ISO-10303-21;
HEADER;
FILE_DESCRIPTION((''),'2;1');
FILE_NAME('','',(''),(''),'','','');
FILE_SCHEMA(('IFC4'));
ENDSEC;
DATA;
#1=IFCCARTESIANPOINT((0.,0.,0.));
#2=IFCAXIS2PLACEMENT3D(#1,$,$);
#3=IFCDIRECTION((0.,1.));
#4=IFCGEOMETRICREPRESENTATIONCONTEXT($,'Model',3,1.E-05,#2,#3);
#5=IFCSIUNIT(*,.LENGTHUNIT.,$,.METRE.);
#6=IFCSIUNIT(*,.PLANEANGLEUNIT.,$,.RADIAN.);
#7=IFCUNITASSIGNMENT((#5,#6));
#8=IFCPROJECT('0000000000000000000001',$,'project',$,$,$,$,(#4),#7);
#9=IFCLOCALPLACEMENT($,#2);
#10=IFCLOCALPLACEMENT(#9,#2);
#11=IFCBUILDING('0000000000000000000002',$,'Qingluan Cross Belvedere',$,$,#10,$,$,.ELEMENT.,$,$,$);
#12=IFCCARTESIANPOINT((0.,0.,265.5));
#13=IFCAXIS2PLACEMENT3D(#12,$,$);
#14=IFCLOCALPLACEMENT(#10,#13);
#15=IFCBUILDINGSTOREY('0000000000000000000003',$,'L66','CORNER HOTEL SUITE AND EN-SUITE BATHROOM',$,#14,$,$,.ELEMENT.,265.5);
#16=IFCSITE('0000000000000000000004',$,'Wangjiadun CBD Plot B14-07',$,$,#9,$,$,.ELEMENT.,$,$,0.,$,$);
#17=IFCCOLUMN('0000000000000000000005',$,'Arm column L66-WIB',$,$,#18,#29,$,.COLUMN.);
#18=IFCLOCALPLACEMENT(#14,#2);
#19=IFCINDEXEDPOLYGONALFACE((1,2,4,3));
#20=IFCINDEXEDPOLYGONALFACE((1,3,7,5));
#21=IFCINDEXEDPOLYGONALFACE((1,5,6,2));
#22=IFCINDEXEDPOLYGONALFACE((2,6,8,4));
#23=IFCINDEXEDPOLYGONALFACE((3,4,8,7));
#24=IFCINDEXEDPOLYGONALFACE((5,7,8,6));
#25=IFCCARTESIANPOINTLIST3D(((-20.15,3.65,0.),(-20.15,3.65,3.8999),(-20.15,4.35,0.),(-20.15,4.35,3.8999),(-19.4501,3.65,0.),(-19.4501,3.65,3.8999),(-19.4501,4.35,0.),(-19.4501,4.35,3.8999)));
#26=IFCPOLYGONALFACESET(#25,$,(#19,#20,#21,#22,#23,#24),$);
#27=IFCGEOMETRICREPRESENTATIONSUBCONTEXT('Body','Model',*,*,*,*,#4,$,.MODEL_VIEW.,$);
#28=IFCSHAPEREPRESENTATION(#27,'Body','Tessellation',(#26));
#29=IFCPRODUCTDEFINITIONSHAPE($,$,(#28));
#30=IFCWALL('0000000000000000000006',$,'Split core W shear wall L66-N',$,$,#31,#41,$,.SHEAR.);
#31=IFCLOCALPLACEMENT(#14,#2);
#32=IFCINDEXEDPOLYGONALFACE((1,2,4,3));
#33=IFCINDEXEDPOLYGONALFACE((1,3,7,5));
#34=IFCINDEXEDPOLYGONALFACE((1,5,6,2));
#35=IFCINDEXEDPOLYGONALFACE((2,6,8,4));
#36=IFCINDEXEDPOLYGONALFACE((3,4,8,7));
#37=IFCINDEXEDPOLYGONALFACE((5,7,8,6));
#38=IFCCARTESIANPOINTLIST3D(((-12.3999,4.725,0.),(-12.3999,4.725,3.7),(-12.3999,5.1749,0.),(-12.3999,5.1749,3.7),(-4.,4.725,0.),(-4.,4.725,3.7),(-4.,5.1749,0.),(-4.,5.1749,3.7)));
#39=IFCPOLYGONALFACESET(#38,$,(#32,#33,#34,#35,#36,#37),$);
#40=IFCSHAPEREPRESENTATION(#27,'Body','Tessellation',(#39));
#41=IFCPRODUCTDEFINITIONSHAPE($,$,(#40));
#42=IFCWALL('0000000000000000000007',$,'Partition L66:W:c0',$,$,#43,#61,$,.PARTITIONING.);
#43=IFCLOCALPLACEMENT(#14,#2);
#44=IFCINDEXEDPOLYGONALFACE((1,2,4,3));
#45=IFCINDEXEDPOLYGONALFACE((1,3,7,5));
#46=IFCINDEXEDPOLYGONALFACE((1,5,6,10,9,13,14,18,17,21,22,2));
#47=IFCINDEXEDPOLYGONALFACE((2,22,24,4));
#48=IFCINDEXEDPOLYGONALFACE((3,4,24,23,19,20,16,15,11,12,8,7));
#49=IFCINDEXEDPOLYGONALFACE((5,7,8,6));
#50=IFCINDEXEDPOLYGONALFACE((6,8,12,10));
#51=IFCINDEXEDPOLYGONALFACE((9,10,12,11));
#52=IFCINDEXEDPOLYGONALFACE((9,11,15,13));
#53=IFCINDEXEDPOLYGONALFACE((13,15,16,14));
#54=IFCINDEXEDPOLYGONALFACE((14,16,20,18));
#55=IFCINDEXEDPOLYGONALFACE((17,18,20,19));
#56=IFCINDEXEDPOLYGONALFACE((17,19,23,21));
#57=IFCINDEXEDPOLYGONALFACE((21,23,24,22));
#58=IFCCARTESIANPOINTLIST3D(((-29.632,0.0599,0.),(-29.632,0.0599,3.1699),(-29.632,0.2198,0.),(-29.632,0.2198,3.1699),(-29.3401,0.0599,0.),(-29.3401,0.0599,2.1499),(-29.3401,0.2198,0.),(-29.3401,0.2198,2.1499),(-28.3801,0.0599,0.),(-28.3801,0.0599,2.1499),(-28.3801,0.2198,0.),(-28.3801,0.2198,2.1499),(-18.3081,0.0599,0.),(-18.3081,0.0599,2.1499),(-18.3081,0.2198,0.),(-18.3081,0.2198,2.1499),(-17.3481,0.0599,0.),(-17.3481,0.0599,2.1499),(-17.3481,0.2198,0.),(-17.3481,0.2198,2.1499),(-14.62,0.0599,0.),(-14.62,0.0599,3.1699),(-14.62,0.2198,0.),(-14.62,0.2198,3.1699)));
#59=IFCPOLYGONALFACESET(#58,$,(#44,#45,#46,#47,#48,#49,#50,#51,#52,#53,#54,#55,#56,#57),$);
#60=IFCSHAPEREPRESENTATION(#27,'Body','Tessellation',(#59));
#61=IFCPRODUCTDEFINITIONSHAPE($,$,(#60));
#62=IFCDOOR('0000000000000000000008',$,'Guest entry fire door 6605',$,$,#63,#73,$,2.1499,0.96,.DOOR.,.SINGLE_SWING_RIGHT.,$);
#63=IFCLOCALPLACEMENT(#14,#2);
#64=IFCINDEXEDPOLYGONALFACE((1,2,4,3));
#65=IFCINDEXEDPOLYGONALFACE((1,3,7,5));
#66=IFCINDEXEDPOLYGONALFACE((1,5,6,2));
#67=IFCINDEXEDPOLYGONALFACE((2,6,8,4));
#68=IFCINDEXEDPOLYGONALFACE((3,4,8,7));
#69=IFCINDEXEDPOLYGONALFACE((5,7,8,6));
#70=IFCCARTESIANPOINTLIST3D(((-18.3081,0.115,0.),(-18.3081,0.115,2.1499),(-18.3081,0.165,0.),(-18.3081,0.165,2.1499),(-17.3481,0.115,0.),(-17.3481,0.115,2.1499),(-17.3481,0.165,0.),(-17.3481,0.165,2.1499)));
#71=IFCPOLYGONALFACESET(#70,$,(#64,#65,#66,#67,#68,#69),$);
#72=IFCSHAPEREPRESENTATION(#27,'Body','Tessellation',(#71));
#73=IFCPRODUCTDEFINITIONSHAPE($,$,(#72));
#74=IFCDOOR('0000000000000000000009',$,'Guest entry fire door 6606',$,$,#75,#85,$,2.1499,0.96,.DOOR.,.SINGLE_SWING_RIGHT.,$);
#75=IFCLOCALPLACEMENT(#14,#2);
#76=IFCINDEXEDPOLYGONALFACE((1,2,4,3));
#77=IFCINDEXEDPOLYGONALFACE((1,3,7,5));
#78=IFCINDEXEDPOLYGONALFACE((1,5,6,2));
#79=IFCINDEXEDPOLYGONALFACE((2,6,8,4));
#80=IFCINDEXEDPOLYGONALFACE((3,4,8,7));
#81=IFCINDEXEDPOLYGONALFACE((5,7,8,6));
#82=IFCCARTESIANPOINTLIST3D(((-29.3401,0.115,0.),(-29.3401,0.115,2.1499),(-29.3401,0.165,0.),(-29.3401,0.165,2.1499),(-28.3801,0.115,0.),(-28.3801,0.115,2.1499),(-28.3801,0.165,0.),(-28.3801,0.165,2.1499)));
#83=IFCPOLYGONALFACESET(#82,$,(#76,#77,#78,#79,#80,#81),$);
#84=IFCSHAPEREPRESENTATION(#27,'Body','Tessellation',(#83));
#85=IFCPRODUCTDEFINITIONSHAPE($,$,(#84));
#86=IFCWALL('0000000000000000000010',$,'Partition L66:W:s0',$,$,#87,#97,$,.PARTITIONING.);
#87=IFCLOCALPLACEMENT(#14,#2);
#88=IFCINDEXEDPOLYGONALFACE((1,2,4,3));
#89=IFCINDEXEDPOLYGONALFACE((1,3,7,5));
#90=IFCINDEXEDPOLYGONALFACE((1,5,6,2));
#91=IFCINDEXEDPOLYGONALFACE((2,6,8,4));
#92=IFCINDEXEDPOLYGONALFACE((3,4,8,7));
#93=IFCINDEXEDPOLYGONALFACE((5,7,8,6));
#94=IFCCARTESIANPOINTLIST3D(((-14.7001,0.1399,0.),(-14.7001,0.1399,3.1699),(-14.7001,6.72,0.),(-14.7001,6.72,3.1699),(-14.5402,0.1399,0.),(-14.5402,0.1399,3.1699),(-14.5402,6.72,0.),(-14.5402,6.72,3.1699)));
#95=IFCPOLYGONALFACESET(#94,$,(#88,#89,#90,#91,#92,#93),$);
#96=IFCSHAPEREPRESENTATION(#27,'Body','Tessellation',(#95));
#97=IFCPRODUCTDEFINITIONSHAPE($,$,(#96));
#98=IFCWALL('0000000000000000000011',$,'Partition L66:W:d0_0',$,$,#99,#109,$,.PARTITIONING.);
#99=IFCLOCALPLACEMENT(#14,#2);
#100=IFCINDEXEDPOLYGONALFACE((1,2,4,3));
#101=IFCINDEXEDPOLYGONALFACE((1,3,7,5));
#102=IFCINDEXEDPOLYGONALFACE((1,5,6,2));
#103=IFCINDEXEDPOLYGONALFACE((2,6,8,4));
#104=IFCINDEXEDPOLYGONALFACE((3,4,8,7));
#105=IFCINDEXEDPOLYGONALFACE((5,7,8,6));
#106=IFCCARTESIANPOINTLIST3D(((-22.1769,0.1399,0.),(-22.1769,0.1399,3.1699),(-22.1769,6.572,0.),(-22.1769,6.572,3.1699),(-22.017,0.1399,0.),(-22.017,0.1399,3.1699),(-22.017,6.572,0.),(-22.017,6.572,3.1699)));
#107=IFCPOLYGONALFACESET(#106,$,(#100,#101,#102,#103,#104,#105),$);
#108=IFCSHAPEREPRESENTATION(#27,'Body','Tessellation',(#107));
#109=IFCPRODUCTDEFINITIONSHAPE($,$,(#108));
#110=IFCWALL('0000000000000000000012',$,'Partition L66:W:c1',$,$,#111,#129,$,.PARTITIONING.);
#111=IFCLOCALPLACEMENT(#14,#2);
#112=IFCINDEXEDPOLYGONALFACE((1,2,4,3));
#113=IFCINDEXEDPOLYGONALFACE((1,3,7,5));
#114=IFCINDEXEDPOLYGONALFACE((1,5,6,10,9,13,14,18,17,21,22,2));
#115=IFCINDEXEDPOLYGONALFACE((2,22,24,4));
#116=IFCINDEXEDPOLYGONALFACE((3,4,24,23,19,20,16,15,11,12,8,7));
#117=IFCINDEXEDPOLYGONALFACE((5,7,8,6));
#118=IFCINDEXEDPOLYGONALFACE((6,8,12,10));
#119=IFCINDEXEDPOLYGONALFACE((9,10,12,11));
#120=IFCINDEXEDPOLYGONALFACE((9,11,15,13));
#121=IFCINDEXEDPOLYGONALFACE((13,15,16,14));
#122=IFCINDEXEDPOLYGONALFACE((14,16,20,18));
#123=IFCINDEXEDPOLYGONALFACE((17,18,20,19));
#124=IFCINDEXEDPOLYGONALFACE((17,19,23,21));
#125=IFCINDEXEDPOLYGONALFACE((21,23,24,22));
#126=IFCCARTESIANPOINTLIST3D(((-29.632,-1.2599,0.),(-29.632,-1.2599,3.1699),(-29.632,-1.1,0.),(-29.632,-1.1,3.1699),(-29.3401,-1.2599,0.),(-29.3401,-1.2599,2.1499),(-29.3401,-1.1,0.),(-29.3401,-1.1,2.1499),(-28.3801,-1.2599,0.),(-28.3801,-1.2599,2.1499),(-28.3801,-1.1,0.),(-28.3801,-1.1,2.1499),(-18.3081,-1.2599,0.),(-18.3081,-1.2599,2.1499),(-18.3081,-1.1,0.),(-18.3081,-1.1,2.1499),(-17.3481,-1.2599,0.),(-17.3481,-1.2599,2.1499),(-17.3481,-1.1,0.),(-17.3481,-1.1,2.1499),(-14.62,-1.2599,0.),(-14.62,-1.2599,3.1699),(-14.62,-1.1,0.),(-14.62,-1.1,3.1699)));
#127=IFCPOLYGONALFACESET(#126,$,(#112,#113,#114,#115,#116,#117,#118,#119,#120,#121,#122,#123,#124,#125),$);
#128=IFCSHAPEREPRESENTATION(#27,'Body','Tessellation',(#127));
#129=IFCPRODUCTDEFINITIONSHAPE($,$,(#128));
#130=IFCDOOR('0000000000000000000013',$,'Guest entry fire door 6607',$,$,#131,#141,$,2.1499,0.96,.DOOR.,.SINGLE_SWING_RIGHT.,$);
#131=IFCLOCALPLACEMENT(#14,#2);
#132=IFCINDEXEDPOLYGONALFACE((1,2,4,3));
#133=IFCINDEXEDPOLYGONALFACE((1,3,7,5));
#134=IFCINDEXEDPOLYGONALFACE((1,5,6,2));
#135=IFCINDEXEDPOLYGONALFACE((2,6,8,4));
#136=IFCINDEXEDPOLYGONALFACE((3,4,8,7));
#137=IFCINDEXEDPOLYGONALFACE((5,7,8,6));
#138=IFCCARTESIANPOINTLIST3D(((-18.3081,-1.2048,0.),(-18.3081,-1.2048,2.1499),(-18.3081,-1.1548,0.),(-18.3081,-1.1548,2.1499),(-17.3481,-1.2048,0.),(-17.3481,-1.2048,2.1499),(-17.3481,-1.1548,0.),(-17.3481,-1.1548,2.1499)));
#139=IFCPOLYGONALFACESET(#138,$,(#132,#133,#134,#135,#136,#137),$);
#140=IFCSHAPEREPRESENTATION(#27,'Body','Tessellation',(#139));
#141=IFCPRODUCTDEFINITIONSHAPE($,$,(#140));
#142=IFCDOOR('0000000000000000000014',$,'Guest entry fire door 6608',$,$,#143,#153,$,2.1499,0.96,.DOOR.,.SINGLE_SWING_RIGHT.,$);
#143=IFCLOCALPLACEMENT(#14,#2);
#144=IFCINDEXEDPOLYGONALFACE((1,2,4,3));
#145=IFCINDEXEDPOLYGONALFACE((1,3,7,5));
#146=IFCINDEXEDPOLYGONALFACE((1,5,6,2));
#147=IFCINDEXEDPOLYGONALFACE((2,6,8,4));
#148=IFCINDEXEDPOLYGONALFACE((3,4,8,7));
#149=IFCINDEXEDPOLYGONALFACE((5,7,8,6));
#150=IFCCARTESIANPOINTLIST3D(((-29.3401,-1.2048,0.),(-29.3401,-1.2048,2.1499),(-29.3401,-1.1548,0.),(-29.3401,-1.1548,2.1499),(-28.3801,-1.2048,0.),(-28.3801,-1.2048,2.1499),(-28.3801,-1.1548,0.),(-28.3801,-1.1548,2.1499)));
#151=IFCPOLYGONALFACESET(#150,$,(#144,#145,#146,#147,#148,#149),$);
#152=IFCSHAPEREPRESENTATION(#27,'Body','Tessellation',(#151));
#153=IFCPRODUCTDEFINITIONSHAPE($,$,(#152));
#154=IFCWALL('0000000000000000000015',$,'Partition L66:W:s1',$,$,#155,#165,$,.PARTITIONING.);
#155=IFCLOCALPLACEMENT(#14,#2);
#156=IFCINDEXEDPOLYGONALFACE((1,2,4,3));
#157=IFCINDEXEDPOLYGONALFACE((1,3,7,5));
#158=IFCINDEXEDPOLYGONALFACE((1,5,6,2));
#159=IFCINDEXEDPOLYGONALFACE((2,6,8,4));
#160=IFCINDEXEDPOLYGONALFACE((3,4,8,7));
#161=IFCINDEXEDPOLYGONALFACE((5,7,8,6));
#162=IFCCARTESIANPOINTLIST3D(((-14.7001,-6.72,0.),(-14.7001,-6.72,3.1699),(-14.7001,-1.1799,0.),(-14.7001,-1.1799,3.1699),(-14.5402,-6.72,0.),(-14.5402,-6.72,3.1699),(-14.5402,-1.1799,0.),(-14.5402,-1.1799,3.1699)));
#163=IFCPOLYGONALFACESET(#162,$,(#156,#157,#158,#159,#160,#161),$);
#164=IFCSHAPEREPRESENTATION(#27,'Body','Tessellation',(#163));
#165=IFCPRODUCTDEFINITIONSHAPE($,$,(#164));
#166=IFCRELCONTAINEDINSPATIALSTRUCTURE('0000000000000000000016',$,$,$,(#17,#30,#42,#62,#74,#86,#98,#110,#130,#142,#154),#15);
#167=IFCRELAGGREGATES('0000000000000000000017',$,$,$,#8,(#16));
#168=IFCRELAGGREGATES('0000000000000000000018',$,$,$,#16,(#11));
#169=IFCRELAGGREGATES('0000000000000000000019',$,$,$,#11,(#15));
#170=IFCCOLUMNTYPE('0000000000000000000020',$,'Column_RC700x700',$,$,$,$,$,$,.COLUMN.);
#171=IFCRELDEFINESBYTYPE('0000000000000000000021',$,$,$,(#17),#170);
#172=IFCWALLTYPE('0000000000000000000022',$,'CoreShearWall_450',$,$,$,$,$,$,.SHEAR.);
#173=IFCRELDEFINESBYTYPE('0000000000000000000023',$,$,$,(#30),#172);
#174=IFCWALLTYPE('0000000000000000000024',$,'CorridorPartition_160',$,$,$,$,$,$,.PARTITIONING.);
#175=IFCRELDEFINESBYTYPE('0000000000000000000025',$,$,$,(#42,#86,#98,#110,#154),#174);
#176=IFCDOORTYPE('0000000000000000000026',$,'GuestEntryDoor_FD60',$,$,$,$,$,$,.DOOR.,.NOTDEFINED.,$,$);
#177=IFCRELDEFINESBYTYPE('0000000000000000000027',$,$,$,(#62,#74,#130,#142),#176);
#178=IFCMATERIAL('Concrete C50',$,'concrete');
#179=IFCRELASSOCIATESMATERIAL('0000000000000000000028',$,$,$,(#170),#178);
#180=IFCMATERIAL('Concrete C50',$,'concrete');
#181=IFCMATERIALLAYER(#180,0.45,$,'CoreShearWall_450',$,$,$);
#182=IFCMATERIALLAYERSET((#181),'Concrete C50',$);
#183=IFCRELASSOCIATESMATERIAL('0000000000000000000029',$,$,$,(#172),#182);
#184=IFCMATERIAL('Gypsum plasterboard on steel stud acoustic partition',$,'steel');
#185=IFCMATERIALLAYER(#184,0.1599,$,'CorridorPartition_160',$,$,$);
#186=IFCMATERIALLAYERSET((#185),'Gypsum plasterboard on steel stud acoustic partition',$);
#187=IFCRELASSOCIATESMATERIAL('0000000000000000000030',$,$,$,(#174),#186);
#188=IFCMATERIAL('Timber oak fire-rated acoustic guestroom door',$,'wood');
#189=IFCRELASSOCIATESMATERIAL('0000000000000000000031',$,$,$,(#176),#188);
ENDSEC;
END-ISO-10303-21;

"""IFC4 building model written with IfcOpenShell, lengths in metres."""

from ifc_helpers import new_model, si_unit, direction, frame, frame_2d, origin, origin_2d, place, context, subcontext, project, spatial, rectangle, extrude, material, layer, layer_set, material_profile, profile_set, type_object, element, fill, save


model = new_model("IFC4")

# Units and contexts
model_context = context("Model", 3, precision=1e-05, world=origin(), true_north=direction((0.0, 1.0)))
body_context = subcontext(model_context, "Body", "Model", "MODEL_VIEW")
ifc_project = project(units=[si_unit("LENGTHUNIT", "METRE"), si_unit("PLANEANGLEUNIT", "RADIAN")], contexts=[model_context])

# Site, building, storey
site_placement = place(None, origin())
site = spatial("IfcSite", under=ifc_project, at=site_placement, Name="Wangjiadun CBD Plot B14-07", CompositionType="ELEMENT", RefElevation=0.0)
building_placement = place(site_placement, origin())
building = spatial("IfcBuilding", under=site, at=building_placement, Name="Qingluan Cross Belvedere", CompositionType="ELEMENT")
storey_placement = place(building_placement, frame((0.0, 0.0, 265.5)))
storey = spatial("IfcBuildingStorey", under=building, at=storey_placement, Name="L66", Description="CORNER HOTEL SUITE AND EN-SUITE BATHROOM", CompositionType="ELEMENT", Elevation=265.5)

# Column
ifc_material_1 = material(Name="Concrete C50", Category="concrete")
ifc_material_profile = material_profile(ifc_material_1, rectangle(XDim=0.7, YDim=0.7, at=origin_2d()), Name="RC700x700")
ifc_profile_set = profile_set([ifc_material_profile], Name="Concrete C50")
column_type = type_object("IfcColumnType", Name="Column_RC700x700", PredefinedType="COLUMN", material=ifc_profile_set)
column_placement = place(storey_placement, frame((-19.8, 4.0, 0.0), z_axis=(0.0, 0.0, 1.0), x_axis=(1.0, 0.0, 0.0)))
element("IfcColumn", 1, at=column_placement, inside=storey, type_object=column_type, Name="Arm column L66-WIB", PredefinedType="COLUMN", context=body_context, shape_type="SweptSolid", body=[
    extrude(rectangle(XDim=0.7, YDim=0.7, at=origin_2d()), origin(), (0.0, 0.0, 1.0), 3.8999),
])

# Wall
ifc_material_2 = material(Name="Concrete C50", Category="concrete")
ifc_layer_1 = layer(ifc_material_2, 0.45, Name="CoreShearWall_450")
ifc_layer_set_1 = layer_set([ifc_layer_1], Name="Concrete C50")
wall_type_1 = type_object("IfcWallType", Name="CoreShearWall_450", PredefinedType="SHEAR", material=ifc_layer_set_1)
wall_1_placement = place(storey_placement, frame((-12.3999, 4.95, 0.0), z_axis=(0.0, 0.0, 1.0), x_axis=(1.0, 0.0, 0.0)))
element("IfcWall", 2, at=wall_1_placement, inside=storey, type_object=wall_type_1, Name="Split core W shear wall L66-N", PredefinedType="SHEAR", context=body_context, shape_type="SweptSolid", body=[
    extrude(rectangle(XDim=8.3999, YDim=0.45, at=frame_2d((4.2, 0.0))), origin(), (0.0, 0.0, 1.0), 3.7),
])

# Wall, openings, doors
ifc_material_3 = material(Name="Gypsum plasterboard on steel stud acoustic partition", Category="steel")
ifc_layer_2 = layer(ifc_material_3, 0.1599, Name="CorridorPartition_160")
ifc_layer_set_2 = layer_set([ifc_layer_2], Name="Gypsum plasterboard on steel stud acoustic partition")
wall_type_2 = type_object("IfcWallType", Name="CorridorPartition_160", PredefinedType="PARTITIONING", material=ifc_layer_set_2)
wall_2_placement = place(storey_placement, frame((-14.6201, 0.1399, 0.0), z_axis=(0.0, 0.0, 1.0), x_axis=(-1.0, 0.0, 0.0)))
wall_2 = element("IfcWall", 3, at=wall_2_placement, inside=storey, type_object=wall_type_2, Name="Partition L66:W:c0", PredefinedType="PARTITIONING", context=body_context, shape_type="SweptSolid", body=[
    extrude(rectangle(XDim=15.012, YDim=0.1599, at=frame_2d((7.5059, 0.0))), origin(), (0.0, 0.0, 1.0), 3.1699),
])
opening_1_placement = place(wall_2_placement, frame((2.728, 0.0, 0.0)))
opening_1 = element("IfcOpeningElement", 4, at=opening_1_placement, cuts=wall_2, PredefinedType="OPENING", context=body_context, shape_type="SweptSolid", body=[
    extrude(rectangle(XDim=0.96, YDim=2.1499, at=frame_2d((0.48, 1.075))), frame((0.0, 0.0898, 0.0), z_axis=(0.0, -1.0, 0.0), x_axis=(1.0, 0.0, 0.0)), (0.0, 0.0, 1.0), 0.1799),
])
opening_2_placement = place(wall_2_placement, frame((13.76, 0.0, 0.0)))
opening_2 = element("IfcOpeningElement", 5, at=opening_2_placement, cuts=wall_2, PredefinedType="OPENING", context=body_context, shape_type="SweptSolid", body=[
    extrude(rectangle(XDim=0.96, YDim=2.1499, at=frame_2d((0.48, 1.075))), frame((0.0, 0.0898, 0.0), z_axis=(0.0, -1.0, 0.0), x_axis=(1.0, 0.0, 0.0)), (0.0, 0.0, 1.0), 0.1799),
])
ifc_material_4 = material(Name="Timber oak fire-rated acoustic guestroom door", Category="wood")
door_type_1 = type_object("IfcDoorType", Name="GuestEntryDoor_FD60", OperationType="NOTDEFINED", PredefinedType="DOOR", material=ifc_material_4)
door_1_placement = place(opening_1_placement, origin())
door_1 = element("IfcDoor", 6, at=door_1_placement, inside=storey, type_object=door_type_1, Name="Guest entry fire door 6605", OperationType="SINGLE_SWING_RIGHT", OverallHeight=2.1499, OverallWidth=0.96, PredefinedType="DOOR", context=body_context, shape_type="SweptSolid", body=[
    extrude(rectangle(XDim=0.96, YDim=2.1499, at=frame_2d((0.48, 1.075))), frame((0.0, 0.0249, 0.0), z_axis=(0.0, -1.0, 0.0), x_axis=(1.0, 0.0, 0.0)), (0.0, 0.0, 1.0), 0.05),
])
fill(opening_1, door_1)
door_2_placement = place(opening_2_placement, origin())
door_2 = element("IfcDoor", 7, at=door_2_placement, inside=storey, type_object=door_type_1, Name="Guest entry fire door 6606", OperationType="SINGLE_SWING_RIGHT", OverallHeight=2.1499, OverallWidth=0.96, PredefinedType="DOOR", context=body_context, shape_type="SweptSolid", body=[
    extrude(rectangle(XDim=0.96, YDim=2.1499, at=frame_2d((0.48, 1.075))), frame((0.0, 0.0249, 0.0), z_axis=(0.0, -1.0, 0.0), x_axis=(1.0, 0.0, 0.0)), (0.0, 0.0, 1.0), 0.05),
])
fill(opening_2, door_2)

# Walls
wall_3_placement = place(storey_placement, frame((-14.6201, 0.1399, 0.0), z_axis=(0.0, 0.0, 1.0), x_axis=(0.0, 1.0, 0.0)))
element("IfcWall", 8, at=wall_3_placement, inside=storey, type_object=wall_type_2, Name="Partition L66:W:s0", PredefinedType="PARTITIONING", context=body_context, shape_type="SweptSolid", body=[
    extrude(rectangle(XDim=6.5801, YDim=0.1599, at=frame_2d((3.29, 0.0))), origin(), (0.0, 0.0, 1.0), 3.1699),
])
wall_4_placement = place(storey_placement, frame((-22.0969, 0.1399, 0.0), z_axis=(0.0, 0.0, 1.0), x_axis=(0.0, 1.0, 0.0)))
element("IfcWall", 9, at=wall_4_placement, inside=storey, type_object=wall_type_2, Name="Partition L66:W:d0_0", PredefinedType="PARTITIONING", context=body_context, shape_type="SweptSolid", body=[
    extrude(rectangle(XDim=6.4321, YDim=0.1599, at=frame_2d((3.2161, 0.0))), origin(), (0.0, 0.0, 1.0), 3.1699),
])

# Wall, openings, doors
wall_5_placement = place(storey_placement, frame((-14.6201, -1.1799, 0.0), z_axis=(0.0, 0.0, 1.0), x_axis=(-1.0, 0.0, 0.0)))
wall_5 = element("IfcWall", 10, at=wall_5_placement, inside=storey, type_object=wall_type_2, Name="Partition L66:W:c1", PredefinedType="PARTITIONING", context=body_context, shape_type="SweptSolid", body=[
    extrude(rectangle(XDim=15.012, YDim=0.1599, at=frame_2d((7.5059, 0.0))), origin(), (0.0, 0.0, 1.0), 3.1699),
])
opening_3_placement = place(wall_5_placement, frame((2.728, 0.0, 0.0)))
opening_3 = element("IfcOpeningElement", 11, at=opening_3_placement, cuts=wall_5, PredefinedType="OPENING", context=body_context, shape_type="SweptSolid", body=[
    extrude(rectangle(XDim=0.96, YDim=2.1499, at=frame_2d((0.48, 1.075))), frame((0.0, 0.0898, 0.0), z_axis=(0.0, -1.0, 0.0), x_axis=(1.0, 0.0, 0.0)), (0.0, 0.0, 1.0), 0.1799),
])
opening_4_placement = place(wall_5_placement, frame((13.76, 0.0, 0.0)))
opening_4 = element("IfcOpeningElement", 12, at=opening_4_placement, cuts=wall_5, PredefinedType="OPENING", context=body_context, shape_type="SweptSolid", body=[
    extrude(rectangle(XDim=0.96, YDim=2.1499, at=frame_2d((0.48, 1.075))), frame((0.0, 0.0898, 0.0), z_axis=(0.0, -1.0, 0.0), x_axis=(1.0, 0.0, 0.0)), (0.0, 0.0, 1.0), 0.1799),
])
door_3_placement = place(opening_3_placement, origin())
door_3 = element("IfcDoor", 13, at=door_3_placement, inside=storey, type_object=door_type_1, Name="Guest entry fire door 6607", OperationType="SINGLE_SWING_RIGHT", OverallHeight=2.1499, OverallWidth=0.96, PredefinedType="DOOR", context=body_context, shape_type="SweptSolid", body=[
    extrude(rectangle(XDim=0.96, YDim=2.1499, at=frame_2d((0.48, 1.075))), frame((0.0, 0.0249, 0.0), z_axis=(0.0, -1.0, 0.0), x_axis=(1.0, 0.0, 0.0)), (0.0, 0.0, 1.0), 0.05),
])
fill(opening_3, door_3)
door_4_placement = place(opening_4_placement, origin())
door_4 = element("IfcDoor", 14, at=door_4_placement, inside=storey, type_object=door_type_1, Name="Guest entry fire door 6608", OperationType="SINGLE_SWING_RIGHT", OverallHeight=2.1499, OverallWidth=0.96, PredefinedType="DOOR", context=body_context, shape_type="SweptSolid", body=[
    extrude(rectangle(XDim=0.96, YDim=2.1499, at=frame_2d((0.48, 1.075))), frame((0.0, 0.0249, 0.0), z_axis=(0.0, -1.0, 0.0), x_axis=(1.0, 0.0, 0.0)), (0.0, 0.0, 1.0), 0.05),
])
fill(opening_4, door_4)

# Wall
wall_6_placement = place(storey_placement, frame((-14.6201, -1.1799, 0.0), z_axis=(0.0, 0.0, 1.0), x_axis=(0.0, -1.0, 0.0)))
element("IfcWall", 15, at=wall_6_placement, inside=storey, type_object=wall_type_2, Name="Partition L66:W:s1", PredefinedType="PARTITIONING", context=body_context, shape_type="SweptSolid", body=[
    extrude(rectangle(XDim=5.54, YDim=0.1599, at=frame_2d((2.77, 0.0))), origin(), (0.0, 0.0, 1.0), 3.1699),
])

save(model, "model.ifc")
